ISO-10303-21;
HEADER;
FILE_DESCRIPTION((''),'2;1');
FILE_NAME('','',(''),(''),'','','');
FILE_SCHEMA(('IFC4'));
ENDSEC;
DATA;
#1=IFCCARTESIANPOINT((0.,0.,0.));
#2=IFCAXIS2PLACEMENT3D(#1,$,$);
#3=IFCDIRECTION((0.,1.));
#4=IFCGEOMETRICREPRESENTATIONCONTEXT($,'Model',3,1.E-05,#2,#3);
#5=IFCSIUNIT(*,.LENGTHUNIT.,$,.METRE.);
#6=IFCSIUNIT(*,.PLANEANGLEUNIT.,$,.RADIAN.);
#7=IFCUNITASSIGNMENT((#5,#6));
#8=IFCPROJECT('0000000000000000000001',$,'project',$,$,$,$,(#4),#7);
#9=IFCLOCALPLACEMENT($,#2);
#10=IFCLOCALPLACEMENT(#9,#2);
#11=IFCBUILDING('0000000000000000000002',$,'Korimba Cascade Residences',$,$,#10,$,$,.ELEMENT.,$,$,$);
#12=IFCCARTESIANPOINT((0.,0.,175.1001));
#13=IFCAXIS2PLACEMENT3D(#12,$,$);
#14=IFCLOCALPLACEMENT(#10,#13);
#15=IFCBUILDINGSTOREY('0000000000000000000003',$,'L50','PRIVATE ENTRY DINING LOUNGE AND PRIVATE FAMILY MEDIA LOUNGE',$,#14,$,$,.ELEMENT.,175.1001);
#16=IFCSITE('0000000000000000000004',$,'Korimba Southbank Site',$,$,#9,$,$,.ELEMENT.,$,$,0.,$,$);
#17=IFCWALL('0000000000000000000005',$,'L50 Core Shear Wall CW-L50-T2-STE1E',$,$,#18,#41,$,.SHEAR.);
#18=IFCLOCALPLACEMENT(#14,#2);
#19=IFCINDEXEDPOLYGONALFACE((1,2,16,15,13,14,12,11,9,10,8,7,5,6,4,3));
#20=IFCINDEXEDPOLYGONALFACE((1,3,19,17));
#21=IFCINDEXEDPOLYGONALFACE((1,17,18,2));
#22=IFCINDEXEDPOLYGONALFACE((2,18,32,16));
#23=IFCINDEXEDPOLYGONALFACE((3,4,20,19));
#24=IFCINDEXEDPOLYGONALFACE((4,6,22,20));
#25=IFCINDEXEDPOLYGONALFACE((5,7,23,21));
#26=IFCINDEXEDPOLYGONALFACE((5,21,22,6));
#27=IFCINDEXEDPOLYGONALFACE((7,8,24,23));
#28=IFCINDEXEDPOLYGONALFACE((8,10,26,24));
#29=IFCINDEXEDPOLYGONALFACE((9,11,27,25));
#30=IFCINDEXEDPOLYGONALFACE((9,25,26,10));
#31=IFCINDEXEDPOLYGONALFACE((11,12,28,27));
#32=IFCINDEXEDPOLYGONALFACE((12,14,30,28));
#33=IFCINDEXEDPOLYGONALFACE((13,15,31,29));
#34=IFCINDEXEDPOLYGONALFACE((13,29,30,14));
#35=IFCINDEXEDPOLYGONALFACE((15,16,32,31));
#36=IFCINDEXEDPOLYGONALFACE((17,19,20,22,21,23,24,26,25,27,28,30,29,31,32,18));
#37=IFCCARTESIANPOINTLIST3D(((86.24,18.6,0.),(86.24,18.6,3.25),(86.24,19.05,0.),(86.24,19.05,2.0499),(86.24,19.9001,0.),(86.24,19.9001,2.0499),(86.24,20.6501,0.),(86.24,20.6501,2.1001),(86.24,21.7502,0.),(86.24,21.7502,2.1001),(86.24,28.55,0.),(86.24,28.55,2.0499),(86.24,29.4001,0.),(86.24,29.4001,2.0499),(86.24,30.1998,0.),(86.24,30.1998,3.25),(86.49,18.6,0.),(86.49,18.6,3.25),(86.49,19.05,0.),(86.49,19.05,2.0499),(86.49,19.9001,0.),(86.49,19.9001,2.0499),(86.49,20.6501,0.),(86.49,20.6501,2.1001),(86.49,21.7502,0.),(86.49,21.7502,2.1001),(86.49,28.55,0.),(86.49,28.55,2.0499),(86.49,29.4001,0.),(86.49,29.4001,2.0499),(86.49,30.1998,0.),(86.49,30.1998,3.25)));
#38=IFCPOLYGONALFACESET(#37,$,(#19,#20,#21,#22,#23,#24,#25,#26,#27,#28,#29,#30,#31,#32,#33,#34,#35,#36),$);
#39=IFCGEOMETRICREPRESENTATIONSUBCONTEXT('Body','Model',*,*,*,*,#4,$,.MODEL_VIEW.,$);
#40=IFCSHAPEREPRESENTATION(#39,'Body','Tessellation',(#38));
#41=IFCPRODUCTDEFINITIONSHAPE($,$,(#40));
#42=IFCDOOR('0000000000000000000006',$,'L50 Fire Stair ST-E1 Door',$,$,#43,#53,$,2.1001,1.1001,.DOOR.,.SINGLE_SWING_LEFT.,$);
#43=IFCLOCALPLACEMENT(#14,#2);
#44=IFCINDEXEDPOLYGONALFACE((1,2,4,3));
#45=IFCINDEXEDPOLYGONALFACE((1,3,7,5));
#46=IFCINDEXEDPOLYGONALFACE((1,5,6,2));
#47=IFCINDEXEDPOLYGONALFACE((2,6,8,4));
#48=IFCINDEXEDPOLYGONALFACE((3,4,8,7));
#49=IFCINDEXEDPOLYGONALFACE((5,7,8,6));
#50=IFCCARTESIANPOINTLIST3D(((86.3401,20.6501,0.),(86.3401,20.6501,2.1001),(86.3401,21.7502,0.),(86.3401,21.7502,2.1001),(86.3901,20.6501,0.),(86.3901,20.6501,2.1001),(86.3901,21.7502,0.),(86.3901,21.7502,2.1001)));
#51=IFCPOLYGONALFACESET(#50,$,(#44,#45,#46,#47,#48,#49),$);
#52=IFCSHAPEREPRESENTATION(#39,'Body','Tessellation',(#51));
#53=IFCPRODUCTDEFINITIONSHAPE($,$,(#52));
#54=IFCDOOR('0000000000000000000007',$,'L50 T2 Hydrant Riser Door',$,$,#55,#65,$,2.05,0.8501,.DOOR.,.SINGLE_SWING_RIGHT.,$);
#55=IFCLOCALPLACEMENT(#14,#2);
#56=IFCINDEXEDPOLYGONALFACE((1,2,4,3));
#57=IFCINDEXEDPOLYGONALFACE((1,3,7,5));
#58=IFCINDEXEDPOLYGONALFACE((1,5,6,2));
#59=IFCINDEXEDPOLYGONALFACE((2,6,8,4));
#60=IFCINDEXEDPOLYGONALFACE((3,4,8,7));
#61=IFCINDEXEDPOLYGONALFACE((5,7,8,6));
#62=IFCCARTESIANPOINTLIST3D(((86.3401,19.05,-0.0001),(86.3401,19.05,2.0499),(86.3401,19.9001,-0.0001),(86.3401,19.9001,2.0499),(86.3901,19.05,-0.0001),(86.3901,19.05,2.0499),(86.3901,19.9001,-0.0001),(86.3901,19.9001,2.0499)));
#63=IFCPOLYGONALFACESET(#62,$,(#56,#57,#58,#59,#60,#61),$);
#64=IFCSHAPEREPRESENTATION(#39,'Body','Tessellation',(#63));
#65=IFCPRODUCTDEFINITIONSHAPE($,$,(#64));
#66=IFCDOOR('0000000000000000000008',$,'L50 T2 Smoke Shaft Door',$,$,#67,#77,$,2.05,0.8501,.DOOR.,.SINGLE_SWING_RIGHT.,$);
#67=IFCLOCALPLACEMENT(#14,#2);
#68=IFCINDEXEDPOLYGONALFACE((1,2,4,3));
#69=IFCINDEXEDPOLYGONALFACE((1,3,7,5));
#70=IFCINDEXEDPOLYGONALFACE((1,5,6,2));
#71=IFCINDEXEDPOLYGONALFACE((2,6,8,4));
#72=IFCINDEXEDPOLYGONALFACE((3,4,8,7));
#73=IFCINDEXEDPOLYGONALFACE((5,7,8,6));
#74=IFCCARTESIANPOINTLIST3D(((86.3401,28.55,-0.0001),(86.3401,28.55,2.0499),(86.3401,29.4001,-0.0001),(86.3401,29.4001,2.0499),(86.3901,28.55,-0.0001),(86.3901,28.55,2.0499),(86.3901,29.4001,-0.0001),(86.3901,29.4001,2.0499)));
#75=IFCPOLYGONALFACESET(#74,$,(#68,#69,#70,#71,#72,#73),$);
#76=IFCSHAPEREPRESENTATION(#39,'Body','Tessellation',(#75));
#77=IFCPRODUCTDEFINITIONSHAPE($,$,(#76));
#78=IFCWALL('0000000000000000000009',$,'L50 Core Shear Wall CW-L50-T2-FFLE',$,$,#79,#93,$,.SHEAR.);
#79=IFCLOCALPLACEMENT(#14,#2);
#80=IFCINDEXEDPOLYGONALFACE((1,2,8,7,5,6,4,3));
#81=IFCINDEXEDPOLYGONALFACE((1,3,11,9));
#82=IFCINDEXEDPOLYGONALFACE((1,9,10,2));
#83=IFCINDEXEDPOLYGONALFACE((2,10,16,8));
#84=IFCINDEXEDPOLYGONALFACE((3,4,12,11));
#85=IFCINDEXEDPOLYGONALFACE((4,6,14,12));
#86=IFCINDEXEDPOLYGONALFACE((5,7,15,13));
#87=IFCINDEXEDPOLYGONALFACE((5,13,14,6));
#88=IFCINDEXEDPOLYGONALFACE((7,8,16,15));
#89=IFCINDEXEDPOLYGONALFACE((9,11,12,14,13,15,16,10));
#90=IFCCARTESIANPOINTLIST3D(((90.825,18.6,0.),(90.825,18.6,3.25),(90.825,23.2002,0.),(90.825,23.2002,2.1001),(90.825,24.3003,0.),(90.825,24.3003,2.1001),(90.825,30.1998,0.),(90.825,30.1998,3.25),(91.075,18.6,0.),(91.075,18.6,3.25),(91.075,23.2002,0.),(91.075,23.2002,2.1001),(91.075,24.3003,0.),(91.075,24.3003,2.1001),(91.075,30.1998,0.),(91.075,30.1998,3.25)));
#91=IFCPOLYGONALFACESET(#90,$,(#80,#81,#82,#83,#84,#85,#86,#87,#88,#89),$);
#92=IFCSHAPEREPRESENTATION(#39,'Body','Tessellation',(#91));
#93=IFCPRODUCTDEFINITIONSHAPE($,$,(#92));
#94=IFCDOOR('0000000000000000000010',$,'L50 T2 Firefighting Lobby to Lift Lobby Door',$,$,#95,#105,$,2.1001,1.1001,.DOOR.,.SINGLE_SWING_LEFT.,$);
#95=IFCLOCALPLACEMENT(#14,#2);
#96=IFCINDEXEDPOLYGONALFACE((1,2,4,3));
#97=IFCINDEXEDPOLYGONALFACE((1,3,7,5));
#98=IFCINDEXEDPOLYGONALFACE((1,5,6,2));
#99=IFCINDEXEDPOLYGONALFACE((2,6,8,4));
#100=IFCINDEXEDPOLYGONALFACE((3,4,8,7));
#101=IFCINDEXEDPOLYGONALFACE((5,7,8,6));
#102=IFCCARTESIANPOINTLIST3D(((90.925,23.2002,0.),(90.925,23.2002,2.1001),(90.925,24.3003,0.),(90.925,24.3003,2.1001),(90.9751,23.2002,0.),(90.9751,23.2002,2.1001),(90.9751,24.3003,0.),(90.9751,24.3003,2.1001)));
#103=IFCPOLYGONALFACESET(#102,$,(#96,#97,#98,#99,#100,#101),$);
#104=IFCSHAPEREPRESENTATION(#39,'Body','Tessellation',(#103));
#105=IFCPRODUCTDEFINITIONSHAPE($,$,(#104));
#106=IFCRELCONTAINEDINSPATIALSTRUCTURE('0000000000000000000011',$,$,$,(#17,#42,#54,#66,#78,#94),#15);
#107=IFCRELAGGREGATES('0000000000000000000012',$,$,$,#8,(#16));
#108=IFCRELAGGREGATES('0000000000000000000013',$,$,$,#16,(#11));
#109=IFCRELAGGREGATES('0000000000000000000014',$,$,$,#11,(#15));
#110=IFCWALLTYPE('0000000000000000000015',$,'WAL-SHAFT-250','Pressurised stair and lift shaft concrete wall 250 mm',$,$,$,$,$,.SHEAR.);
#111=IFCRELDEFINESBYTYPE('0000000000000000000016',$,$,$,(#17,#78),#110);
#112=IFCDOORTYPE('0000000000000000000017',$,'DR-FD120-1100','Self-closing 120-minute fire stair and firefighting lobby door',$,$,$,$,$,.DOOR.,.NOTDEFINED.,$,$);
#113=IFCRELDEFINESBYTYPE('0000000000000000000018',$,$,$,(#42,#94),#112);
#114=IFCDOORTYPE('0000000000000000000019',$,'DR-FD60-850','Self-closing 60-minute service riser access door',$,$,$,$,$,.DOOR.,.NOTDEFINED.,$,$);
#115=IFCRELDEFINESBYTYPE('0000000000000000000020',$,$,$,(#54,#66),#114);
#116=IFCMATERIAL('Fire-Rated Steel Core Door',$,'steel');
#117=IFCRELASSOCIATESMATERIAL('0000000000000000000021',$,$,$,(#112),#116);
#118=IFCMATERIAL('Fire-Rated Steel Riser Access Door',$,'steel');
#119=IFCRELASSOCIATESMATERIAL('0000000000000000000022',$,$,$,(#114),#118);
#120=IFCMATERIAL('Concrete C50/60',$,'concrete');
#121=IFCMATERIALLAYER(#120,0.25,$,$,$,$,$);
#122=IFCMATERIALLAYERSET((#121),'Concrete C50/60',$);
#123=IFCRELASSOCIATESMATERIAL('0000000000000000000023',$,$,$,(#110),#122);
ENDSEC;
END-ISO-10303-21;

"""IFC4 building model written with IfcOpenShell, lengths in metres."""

from ifc_helpers import new_model, si_unit, direction, frame, frame_2d, origin, place, context, subcontext, project, spatial, rectangle, extrude, material, layer, layer_set, type_object, element, fill, save


model = new_model("IFC4")

# Units and contexts
model_context = context("Model", 3, precision=1e-05, world=origin(), true_north=direction((0.0, 1.0)))
body_context = subcontext(model_context, "Body", "Model", "MODEL_VIEW")
ifc_project = project(units=[si_unit("LENGTHUNIT", "METRE"), si_unit("PLANEANGLEUNIT", "RADIAN")], contexts=[model_context])

# Site, building, storey
site_placement = place(None, origin())
site = spatial("IfcSite", under=ifc_project, at=site_placement, Name="Korimba Southbank Site", CompositionType="ELEMENT", RefElevation=0.0)
building_placement = place(site_placement, origin())
building = spatial("IfcBuilding", under=site, at=building_placement, Name="Korimba Cascade Residences", CompositionType="ELEMENT")
storey_placement = place(building_placement, frame((0.0, 0.0, 175.1001)))
storey = spatial("IfcBuildingStorey", under=building, at=storey_placement, Name="L50", Description="PRIVATE ENTRY DINING LOUNGE AND PRIVATE FAMILY MEDIA LOUNGE", CompositionType="ELEMENT", Elevation=175.1001)

# Shared definitions
ifc_material_1 = material(Name="Concrete C50/60", Category="concrete")

# Shared definitions
ifc_material_2 = material(Name="Fire-Rated Steel Core Door", Category="steel")
door_type_1 = type_object("IfcDoorType", Name="DR-FD120-1100", Description="Self-closing 120-minute fire stair and firefighting lobby door", OperationType="NOTDEFINED", PredefinedType="DOOR", material=ifc_material_2)

# Wall, openings, doors
ifc_material_3 = material(Name="Fire-Rated Steel Riser Access Door", Category="steel")
door_type_2 = type_object("IfcDoorType", Name="DR-FD60-850", Description="Self-closing 60-minute service riser access door", OperationType="NOTDEFINED", PredefinedType="DOOR", material=ifc_material_3)
ifc_layer_1 = layer(ifc_material_1, 0.25)
ifc_layer_set_1 = layer_set([ifc_layer_1], Name="Concrete C50/60")
wall_type_1 = type_object("IfcWallType", Name="WAL-SHAFT-250", Description="Pressurised stair and lift shaft concrete wall 250 mm", PredefinedType="SHEAR", material=ifc_layer_set_1)
wall_1_placement = place(storey_placement, frame((86.365, 18.6001, 0.0), z_axis=(0.0, 0.0, 1.0), x_axis=(0.0, 1.0, 0.0)))
wall_1 = element("IfcWall", 1, at=wall_1_placement, inside=storey, type_object=wall_type_1, Name="L50 Core Shear Wall CW-L50-T2-STE1E", PredefinedType="SHEAR", context=body_context, shape_type="SweptSolid", body=[
    extrude(rectangle(XDim=11.5999, YDim=0.25, at=frame_2d((5.7998, 0.0))), origin(), (0.0, 0.0, 1.0), 3.25),
])
opening_1_placement = place(wall_1_placement, frame((0.45, 0.0, 0.0)))
opening_1 = element("IfcOpeningElement", 2, at=opening_1_placement, cuts=wall_1, PredefinedType="OPENING", context=body_context, shape_type="SweptSolid", body=[
    extrude(rectangle(XDim=0.8501, YDim=2.05, at=frame_2d((0.425, 1.0249))), frame((0.0, 0.135, 0.0), z_axis=(0.0, -1.0, 0.0), x_axis=(1.0, 0.0, 0.0)), (0.0, 0.0, 1.0), 0.27),
])
opening_2_placement = place(wall_1_placement, frame((2.05, 0.0, 0.0)))
opening_2 = element("IfcOpeningElement", 3, at=opening_2_placement, cuts=wall_1, PredefinedType="OPENING", context=body_context, shape_type="SweptSolid", body=[
    extrude(rectangle(XDim=1.1001, YDim=2.1001, at=frame_2d((0.55, 1.05))), frame((0.0, 0.135, 0.0), z_axis=(0.0, -1.0, 0.0), x_axis=(1.0, 0.0, 0.0)), (0.0, 0.0, 1.0), 0.27),
])
opening_3_placement = place(wall_1_placement, frame((9.95, 0.0, 0.0)))
opening_3 = element("IfcOpeningElement", 4, at=opening_3_placement, cuts=wall_1, PredefinedType="OPENING", context=body_context, shape_type="SweptSolid", body=[
    extrude(rectangle(XDim=0.8501, YDim=2.05, at=frame_2d((0.425, 1.0249))), frame((0.0, 0.135, 0.0), z_axis=(0.0, -1.0, 0.0), x_axis=(1.0, 0.0, 0.0)), (0.0, 0.0, 1.0), 0.27),
])
door_1_placement = place(opening_2_placement, origin())
door_1 = element("IfcDoor", 5, at=door_1_placement, inside=storey, type_object=door_type_1, Name="L50 Fire Stair ST-E1 Door", OperationType="SINGLE_SWING_LEFT", OverallHeight=2.1001, OverallWidth=1.1001, PredefinedType="DOOR", context=body_context, shape_type="SweptSolid", body=[
    extrude(rectangle(XDim=1.1001, YDim=2.1001, at=frame_2d((0.55, 1.05))), frame((0.0, 0.0249, 0.0), z_axis=(0.0, -1.0, 0.0), x_axis=(1.0, 0.0, 0.0)), (0.0, 0.0, 1.0), 0.05),
])
fill(opening_2, door_1)
door_2_placement = place(opening_1_placement, origin())
door_2 = element("IfcDoor", 6, at=door_2_placement, inside=storey, type_object=door_type_2, Name="L50 T2 Hydrant Riser Door", OperationType="SINGLE_SWING_RIGHT", OverallHeight=2.05, OverallWidth=0.8501, PredefinedType="DOOR", context=body_context, shape_type="SweptSolid", body=[
    extrude(rectangle(XDim=0.8501, YDim=2.05, at=frame_2d((0.425, 1.0249))), frame((0.0, 0.0249, 0.0), z_axis=(0.0, -1.0, 0.0), x_axis=(1.0, 0.0, 0.0)), (0.0, 0.0, 1.0), 0.05),
])
fill(opening_1, door_2)
door_3_placement = place(opening_3_placement, origin())
door_3 = element("IfcDoor", 7, at=door_3_placement, inside=storey, type_object=door_type_2, Name="L50 T2 Smoke Shaft Door", OperationType="SINGLE_SWING_RIGHT", OverallHeight=2.05, OverallWidth=0.8501, PredefinedType="DOOR", context=body_context, shape_type="SweptSolid", body=[
    extrude(rectangle(XDim=0.8501, YDim=2.05, at=frame_2d((0.425, 1.0249))), frame((0.0, 0.0249, 0.0), z_axis=(0.0, -1.0, 0.0), x_axis=(1.0, 0.0, 0.0)), (0.0, 0.0, 1.0), 0.05),
])
fill(opening_3, door_3)

# Wall, opening, door
wall_2_placement = place(storey_placement, frame((90.95, 18.6001, 0.0), z_axis=(0.0, 0.0, 1.0), x_axis=(0.0, 1.0, 0.0)))
wall_2 = element("IfcWall", 8, at=wall_2_placement, inside=storey, type_object=wall_type_1, Name="L50 Core Shear Wall CW-L50-T2-FFLE", PredefinedType="SHEAR", context=body_context, shape_type="SweptSolid", body=[
    extrude(rectangle(XDim=11.5999, YDim=0.25, at=frame_2d((5.7998, 0.0))), origin(), (0.0, 0.0, 1.0), 3.25),
])
opening_4_placement = place(wall_2_placement, frame((4.6001, 0.0, 0.0)))
opening_4 = element("IfcOpeningElement", 9, at=opening_4_placement, cuts=wall_2, PredefinedType="OPENING", context=body_context, shape_type="SweptSolid", body=[
    extrude(rectangle(XDim=1.1001, YDim=2.1001, at=frame_2d((0.55, 1.05))), frame((0.0, 0.135, 0.0), z_axis=(0.0, -1.0, 0.0), x_axis=(1.0, 0.0, 0.0)), (0.0, 0.0, 1.0), 0.27),
])
door_4_placement = place(opening_4_placement, origin())
door_4 = element("IfcDoor", 10, at=door_4_placement, inside=storey, type_object=door_type_1, Name="L50 T2 Firefighting Lobby to Lift Lobby Door", OperationType="SINGLE_SWING_LEFT", OverallHeight=2.1001, OverallWidth=1.1001, PredefinedType="DOOR", context=body_context, shape_type="SweptSolid", body=[
    extrude(rectangle(XDim=1.1001, YDim=2.1001, at=frame_2d((0.55, 1.05))), frame((0.0, 0.0249, 0.0), z_axis=(0.0, -1.0, 0.0), x_axis=(1.0, 0.0, 0.0)), (0.0, 0.0, 1.0), 0.05),
])
fill(opening_4, door_4)

save(model, "model.ifc")
